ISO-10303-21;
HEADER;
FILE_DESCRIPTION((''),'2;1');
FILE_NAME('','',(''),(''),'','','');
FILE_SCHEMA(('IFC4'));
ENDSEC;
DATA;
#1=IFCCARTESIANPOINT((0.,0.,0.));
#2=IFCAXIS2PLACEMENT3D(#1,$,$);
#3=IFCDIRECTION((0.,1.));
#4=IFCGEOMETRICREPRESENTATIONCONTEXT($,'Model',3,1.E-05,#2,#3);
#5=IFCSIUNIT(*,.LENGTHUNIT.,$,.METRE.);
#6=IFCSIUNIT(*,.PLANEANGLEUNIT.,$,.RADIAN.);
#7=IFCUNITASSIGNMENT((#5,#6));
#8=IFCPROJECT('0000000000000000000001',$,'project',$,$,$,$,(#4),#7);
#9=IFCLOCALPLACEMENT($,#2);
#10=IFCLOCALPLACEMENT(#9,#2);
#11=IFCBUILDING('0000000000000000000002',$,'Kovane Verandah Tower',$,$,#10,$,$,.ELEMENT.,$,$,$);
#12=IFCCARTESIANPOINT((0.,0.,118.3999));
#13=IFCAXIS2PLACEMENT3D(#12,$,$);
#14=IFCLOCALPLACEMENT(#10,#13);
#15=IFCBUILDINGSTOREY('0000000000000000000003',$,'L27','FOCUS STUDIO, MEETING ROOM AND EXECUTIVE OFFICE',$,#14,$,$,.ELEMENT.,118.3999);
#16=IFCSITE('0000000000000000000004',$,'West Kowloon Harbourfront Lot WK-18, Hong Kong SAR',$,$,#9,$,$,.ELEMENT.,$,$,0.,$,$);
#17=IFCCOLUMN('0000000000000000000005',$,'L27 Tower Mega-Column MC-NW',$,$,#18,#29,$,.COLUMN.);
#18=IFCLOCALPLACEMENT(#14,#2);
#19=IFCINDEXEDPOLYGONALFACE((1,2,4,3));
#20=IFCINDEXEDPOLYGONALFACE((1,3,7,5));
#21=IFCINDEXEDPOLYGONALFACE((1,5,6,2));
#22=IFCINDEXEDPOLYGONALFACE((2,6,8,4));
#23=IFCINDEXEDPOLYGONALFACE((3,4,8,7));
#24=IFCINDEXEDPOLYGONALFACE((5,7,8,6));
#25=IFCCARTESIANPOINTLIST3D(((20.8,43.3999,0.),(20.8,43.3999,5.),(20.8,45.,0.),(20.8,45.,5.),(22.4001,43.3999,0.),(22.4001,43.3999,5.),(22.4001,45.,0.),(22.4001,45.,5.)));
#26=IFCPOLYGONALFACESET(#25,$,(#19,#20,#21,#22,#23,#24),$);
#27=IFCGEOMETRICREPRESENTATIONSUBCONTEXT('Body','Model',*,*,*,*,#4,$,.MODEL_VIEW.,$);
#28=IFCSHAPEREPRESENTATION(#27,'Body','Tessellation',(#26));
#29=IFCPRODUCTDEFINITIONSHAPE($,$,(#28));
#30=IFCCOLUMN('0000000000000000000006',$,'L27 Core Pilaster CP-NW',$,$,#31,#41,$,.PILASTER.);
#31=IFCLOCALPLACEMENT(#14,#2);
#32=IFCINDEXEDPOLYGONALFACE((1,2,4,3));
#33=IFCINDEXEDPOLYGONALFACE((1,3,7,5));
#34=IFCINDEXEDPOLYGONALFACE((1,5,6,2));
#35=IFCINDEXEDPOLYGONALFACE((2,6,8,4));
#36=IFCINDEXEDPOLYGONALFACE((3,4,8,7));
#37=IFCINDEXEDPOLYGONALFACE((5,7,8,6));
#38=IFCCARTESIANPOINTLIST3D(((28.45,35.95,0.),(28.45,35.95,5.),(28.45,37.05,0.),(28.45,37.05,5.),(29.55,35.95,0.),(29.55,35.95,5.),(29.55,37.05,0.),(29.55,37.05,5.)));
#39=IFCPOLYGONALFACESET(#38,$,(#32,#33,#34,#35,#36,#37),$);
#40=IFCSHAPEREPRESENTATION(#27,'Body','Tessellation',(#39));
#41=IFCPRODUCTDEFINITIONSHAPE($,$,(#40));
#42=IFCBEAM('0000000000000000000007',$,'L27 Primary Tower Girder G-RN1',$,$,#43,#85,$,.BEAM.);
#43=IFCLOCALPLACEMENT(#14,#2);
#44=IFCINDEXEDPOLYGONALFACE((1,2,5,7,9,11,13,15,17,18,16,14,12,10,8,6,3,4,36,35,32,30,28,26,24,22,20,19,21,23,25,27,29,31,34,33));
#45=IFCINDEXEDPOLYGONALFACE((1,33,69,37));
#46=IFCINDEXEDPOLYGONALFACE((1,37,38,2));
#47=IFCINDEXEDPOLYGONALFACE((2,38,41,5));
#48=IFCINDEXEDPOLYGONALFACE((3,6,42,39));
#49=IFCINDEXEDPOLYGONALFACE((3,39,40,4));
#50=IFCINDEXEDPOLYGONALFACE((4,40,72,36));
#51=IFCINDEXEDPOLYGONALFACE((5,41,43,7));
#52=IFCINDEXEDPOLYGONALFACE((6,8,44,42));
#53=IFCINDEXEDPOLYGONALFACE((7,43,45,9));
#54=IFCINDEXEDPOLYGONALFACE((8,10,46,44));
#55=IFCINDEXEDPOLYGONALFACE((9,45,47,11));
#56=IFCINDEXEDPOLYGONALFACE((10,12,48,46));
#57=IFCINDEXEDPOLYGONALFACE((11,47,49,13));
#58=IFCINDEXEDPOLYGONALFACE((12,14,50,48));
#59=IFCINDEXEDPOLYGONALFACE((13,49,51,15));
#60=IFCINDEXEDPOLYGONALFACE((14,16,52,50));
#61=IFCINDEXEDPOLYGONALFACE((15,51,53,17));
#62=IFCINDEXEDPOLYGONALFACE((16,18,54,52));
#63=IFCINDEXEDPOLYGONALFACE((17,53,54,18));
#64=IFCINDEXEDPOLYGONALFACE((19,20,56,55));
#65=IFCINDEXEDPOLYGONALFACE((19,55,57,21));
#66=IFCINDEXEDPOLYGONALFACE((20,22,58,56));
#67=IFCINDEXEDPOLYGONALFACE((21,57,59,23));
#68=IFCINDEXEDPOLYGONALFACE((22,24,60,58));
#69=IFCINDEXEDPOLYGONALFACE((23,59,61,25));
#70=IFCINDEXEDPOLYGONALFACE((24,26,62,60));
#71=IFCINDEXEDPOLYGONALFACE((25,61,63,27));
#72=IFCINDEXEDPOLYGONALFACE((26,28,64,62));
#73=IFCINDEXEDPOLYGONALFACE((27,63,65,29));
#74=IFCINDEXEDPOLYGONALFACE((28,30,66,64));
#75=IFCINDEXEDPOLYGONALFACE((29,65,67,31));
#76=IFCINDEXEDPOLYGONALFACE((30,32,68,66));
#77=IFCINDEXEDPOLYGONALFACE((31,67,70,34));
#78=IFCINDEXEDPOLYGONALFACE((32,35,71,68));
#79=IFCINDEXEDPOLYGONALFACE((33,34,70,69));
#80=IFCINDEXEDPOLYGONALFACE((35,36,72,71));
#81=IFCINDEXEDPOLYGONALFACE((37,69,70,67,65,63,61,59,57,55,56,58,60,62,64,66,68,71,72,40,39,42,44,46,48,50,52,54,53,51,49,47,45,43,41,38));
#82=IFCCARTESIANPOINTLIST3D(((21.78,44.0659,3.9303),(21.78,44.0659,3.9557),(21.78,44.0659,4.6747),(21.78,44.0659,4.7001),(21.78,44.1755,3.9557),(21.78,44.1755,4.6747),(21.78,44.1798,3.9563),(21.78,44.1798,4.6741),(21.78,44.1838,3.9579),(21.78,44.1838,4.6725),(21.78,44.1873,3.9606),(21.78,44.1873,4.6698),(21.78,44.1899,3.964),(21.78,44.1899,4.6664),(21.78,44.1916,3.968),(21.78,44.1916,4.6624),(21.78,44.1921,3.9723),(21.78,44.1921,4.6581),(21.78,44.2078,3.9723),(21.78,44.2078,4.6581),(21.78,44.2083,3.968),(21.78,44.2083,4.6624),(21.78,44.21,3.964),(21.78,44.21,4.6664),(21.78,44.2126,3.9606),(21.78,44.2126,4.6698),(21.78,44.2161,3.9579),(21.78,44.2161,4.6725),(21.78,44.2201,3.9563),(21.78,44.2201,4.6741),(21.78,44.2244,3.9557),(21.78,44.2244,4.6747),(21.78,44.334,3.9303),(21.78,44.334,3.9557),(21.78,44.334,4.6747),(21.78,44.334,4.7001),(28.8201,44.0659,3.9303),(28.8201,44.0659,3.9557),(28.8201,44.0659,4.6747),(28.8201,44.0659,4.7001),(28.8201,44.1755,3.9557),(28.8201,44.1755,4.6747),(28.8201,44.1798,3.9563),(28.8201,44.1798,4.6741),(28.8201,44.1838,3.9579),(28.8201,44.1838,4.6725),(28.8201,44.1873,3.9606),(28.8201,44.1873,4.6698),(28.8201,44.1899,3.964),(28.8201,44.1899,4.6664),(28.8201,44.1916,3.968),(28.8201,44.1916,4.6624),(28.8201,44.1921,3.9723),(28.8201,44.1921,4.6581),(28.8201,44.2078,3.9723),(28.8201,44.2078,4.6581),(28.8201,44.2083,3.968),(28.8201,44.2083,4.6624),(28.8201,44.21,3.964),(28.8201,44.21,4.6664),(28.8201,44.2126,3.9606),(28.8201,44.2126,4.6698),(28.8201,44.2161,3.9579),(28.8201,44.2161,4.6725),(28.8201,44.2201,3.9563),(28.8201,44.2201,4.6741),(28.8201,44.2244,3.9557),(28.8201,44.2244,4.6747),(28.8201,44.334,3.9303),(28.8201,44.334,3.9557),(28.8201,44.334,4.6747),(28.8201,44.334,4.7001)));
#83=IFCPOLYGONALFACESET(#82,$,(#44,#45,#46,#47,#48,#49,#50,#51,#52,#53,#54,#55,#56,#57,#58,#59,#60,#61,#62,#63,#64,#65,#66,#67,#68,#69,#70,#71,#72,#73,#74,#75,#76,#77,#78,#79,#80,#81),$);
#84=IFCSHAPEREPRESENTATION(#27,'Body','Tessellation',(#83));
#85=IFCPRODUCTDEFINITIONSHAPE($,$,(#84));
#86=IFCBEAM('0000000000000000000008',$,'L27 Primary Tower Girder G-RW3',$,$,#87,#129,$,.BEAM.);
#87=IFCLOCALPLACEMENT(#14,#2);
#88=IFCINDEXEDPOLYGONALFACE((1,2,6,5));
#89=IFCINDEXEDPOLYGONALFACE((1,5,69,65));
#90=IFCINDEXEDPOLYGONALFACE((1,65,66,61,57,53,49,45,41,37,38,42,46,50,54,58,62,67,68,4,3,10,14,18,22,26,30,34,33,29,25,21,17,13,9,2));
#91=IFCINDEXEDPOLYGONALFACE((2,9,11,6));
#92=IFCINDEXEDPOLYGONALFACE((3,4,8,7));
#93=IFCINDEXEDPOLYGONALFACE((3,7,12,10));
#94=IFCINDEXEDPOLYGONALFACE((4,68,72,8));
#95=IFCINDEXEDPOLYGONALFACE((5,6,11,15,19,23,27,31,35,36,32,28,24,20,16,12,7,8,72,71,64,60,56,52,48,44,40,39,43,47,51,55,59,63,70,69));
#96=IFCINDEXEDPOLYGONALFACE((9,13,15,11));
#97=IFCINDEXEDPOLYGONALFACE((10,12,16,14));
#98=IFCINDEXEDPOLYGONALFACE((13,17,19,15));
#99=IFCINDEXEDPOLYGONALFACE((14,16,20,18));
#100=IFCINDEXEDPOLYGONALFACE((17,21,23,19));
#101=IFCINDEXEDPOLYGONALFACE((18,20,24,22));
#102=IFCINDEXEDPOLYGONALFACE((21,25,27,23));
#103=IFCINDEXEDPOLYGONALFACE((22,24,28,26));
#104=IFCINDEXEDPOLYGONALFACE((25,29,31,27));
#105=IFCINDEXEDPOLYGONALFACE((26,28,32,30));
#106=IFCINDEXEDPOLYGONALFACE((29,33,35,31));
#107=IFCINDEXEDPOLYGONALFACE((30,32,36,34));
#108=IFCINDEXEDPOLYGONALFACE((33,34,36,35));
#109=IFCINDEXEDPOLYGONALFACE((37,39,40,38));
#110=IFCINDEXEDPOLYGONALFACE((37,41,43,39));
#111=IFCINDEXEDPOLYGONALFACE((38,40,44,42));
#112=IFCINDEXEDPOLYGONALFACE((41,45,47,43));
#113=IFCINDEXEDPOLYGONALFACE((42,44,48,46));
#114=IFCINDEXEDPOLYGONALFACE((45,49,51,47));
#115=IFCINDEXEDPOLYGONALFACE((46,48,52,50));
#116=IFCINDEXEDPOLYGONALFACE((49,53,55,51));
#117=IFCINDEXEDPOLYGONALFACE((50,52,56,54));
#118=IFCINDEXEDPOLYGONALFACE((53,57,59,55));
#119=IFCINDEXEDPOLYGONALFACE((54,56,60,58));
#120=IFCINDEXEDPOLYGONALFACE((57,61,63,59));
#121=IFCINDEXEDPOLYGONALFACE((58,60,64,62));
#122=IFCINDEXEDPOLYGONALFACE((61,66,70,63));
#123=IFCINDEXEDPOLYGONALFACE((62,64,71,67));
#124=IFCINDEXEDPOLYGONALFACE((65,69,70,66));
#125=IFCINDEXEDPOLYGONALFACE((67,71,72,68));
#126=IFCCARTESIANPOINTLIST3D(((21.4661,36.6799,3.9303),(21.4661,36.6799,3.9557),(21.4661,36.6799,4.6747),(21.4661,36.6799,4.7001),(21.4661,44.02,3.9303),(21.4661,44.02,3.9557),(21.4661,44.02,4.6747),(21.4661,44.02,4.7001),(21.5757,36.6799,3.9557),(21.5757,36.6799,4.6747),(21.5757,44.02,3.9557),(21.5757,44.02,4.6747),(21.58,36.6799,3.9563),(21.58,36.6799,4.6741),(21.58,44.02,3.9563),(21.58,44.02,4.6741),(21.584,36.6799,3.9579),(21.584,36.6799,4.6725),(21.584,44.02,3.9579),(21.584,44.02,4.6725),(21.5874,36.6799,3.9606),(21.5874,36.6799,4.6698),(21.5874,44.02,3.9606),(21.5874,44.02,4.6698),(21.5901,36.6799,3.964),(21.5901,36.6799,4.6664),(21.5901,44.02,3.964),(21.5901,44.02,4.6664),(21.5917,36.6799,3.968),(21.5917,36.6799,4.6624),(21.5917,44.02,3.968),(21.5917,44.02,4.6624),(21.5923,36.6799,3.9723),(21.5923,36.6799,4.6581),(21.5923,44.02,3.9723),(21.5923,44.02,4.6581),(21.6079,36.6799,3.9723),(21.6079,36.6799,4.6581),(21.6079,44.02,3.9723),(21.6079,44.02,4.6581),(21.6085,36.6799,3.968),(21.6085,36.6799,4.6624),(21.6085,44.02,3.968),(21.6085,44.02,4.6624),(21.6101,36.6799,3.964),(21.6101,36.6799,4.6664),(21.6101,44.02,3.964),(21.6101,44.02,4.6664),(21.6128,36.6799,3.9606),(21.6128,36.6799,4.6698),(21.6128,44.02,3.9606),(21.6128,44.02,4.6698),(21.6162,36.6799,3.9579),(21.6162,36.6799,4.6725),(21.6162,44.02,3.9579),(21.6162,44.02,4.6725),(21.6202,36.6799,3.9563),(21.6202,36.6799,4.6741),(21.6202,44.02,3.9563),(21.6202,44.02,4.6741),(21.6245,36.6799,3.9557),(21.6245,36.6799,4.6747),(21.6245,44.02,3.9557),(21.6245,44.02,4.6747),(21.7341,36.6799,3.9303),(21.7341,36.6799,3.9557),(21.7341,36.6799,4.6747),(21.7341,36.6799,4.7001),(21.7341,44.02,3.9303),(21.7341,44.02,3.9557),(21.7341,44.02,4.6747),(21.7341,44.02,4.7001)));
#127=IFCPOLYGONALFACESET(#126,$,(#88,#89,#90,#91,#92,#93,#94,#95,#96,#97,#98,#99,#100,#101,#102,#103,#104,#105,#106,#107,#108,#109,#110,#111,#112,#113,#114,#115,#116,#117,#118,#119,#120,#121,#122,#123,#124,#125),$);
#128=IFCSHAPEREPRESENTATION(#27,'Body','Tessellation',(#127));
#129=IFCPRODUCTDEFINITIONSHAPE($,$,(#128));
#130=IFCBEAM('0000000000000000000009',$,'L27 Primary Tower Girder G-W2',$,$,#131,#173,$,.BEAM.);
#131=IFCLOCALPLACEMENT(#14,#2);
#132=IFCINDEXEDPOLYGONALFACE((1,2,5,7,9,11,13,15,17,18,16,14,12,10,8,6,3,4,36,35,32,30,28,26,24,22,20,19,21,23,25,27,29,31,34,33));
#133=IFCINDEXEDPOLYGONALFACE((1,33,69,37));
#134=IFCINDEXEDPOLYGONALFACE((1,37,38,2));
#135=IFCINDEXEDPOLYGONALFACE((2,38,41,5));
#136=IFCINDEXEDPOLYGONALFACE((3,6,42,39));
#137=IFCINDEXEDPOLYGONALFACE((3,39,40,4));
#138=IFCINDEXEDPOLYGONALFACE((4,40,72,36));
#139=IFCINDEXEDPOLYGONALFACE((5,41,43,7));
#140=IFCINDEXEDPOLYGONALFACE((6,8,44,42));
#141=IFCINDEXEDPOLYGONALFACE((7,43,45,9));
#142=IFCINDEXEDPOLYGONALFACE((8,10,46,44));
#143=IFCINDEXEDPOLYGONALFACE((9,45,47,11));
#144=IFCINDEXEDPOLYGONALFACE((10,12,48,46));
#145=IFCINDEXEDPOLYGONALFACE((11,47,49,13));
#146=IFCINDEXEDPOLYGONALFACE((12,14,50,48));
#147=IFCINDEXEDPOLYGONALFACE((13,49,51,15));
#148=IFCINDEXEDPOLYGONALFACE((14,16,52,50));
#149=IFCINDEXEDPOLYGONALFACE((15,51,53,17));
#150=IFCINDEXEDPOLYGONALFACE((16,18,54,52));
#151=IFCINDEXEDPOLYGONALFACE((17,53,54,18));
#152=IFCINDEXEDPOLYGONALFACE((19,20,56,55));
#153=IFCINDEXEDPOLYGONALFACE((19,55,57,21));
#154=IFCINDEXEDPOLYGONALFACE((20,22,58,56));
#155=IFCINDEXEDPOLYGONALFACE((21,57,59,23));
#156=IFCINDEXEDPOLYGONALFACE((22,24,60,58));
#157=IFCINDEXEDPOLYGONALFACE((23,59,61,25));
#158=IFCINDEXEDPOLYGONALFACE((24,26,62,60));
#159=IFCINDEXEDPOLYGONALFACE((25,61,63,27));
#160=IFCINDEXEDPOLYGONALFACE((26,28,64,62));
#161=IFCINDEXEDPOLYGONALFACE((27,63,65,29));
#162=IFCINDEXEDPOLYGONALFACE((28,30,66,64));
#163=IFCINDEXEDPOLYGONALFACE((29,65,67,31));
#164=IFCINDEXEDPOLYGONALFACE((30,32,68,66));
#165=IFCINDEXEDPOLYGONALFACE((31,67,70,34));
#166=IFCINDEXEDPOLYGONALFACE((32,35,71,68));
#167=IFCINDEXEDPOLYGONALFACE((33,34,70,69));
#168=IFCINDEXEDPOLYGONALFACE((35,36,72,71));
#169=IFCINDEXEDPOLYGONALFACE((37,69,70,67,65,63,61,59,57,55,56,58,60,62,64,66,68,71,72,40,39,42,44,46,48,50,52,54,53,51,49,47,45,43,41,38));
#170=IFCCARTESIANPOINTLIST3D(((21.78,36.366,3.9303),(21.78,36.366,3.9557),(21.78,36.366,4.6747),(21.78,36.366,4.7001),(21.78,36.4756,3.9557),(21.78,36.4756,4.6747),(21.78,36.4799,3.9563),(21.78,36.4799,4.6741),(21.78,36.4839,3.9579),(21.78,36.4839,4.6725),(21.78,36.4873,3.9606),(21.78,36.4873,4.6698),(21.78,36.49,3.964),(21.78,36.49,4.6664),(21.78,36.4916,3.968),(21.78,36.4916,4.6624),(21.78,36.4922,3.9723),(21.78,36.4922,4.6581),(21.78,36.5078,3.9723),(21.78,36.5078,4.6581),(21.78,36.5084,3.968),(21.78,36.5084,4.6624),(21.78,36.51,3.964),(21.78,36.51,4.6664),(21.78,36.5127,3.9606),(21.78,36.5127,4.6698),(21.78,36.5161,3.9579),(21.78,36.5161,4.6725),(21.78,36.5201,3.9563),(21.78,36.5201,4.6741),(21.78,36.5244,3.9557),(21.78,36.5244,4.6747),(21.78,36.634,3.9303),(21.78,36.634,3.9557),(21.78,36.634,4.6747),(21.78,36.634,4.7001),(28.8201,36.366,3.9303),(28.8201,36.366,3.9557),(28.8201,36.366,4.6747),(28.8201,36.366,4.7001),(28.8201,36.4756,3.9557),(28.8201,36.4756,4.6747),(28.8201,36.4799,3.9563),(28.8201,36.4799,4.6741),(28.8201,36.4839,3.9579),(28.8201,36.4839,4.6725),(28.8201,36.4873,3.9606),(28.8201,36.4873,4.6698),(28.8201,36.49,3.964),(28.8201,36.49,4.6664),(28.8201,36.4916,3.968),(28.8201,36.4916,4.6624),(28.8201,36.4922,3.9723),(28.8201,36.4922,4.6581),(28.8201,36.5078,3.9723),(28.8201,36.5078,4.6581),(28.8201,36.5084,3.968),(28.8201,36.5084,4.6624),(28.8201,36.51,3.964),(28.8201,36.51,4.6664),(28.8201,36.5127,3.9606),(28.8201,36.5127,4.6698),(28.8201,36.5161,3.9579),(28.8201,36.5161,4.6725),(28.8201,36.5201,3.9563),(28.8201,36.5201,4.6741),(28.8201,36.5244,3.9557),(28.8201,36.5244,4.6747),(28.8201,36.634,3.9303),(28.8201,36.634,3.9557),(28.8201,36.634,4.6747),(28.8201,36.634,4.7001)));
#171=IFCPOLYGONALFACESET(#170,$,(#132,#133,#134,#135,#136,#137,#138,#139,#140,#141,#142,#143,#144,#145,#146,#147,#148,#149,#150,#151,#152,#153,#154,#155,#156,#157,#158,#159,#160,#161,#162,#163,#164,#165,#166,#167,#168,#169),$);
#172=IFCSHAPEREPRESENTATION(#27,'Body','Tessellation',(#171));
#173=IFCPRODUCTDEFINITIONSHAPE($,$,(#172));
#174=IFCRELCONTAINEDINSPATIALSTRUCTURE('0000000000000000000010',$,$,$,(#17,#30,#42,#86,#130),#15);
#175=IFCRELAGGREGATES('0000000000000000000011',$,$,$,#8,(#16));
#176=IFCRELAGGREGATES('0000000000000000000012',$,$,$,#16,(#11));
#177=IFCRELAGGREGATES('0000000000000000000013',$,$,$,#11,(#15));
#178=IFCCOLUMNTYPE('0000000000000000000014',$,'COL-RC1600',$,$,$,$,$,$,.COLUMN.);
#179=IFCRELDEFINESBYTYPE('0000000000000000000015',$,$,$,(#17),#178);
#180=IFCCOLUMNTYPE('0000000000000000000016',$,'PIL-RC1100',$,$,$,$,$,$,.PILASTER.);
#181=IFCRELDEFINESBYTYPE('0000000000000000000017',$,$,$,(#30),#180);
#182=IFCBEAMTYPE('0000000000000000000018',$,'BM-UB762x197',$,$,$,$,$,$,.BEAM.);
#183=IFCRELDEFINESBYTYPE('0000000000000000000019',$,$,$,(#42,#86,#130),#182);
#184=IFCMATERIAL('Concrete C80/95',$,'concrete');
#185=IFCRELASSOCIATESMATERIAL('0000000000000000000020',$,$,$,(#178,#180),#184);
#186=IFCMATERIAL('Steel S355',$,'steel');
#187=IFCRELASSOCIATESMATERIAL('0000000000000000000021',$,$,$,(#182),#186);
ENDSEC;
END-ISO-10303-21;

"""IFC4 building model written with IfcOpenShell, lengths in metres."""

from ifc_helpers import new_model, si_unit, direction, frame, origin, origin_2d, place, context, subcontext, project, spatial, rectangle, i_section, extrude, material, material_profile, profile_set, type_object, element, save


model = new_model("IFC4")

# Units and contexts
model_context = context("Model", 3, precision=1e-05, world=origin(), true_north=direction((0.0, 1.0)))
body_context = subcontext(model_context, "Body", "Model", "MODEL_VIEW")
ifc_project = project(units=[si_unit("LENGTHUNIT", "METRE"), si_unit("PLANEANGLEUNIT", "RADIAN")], contexts=[model_context])

# Site, building, storey
site_placement = place(None, origin())
site = spatial("IfcSite", under=ifc_project, at=site_placement, Name="West Kowloon Harbourfront Lot WK-18, Hong Kong SAR", CompositionType="ELEMENT", RefElevation=0.0)
building_placement = place(site_placement, origin())
building = spatial("IfcBuilding", under=site, at=building_placement, Name="Kovane Verandah Tower", CompositionType="ELEMENT")
storey_placement = place(building_placement, frame((0.0, 0.0, 118.3999)))
storey = spatial("IfcBuildingStorey", under=building, at=storey_placement, Name="L27", Description="FOCUS STUDIO, MEETING ROOM AND EXECUTIVE OFFICE", CompositionType="ELEMENT", Elevation=118.3999)

# Columns
ifc_material_1 = material(Name="Concrete C80/95", Category="concrete")
ifc_material_profile_1 = material_profile(ifc_material_1, rectangle(XDim=1.6001, YDim=1.6001, at=origin_2d()), Name="RC1600x1600")
ifc_profile_set_1 = profile_set([ifc_material_profile_1], Name="Concrete C80/95")
column_type_1 = type_object("IfcColumnType", Name="COL-RC1600", PredefinedType="COLUMN", material=ifc_profile_set_1)
column_1_placement = place(storey_placement, frame((21.6001, 44.2, 0.0), z_axis=(0.0, 0.0, 1.0), x_axis=(1.0, 0.0, 0.0)))
element("IfcColumn", 1, at=column_1_placement, inside=storey, type_object=column_type_1, Name="L27 Tower Mega-Column MC-NW", PredefinedType="COLUMN", context=body_context, shape_type="SweptSolid", body=[
    extrude(rectangle(XDim=1.6001, YDim=1.6001, at=origin_2d()), origin(), (0.0, 0.0, 1.0), 5.0),
])
ifc_material_profile_2 = material_profile(ifc_material_1, rectangle(XDim=1.1001, YDim=1.1001, at=origin_2d()), Name="RC1100x1100")
ifc_profile_set_2 = profile_set([ifc_material_profile_2], Name="Concrete C80/95")
column_type_2 = type_object("IfcColumnType", Name="PIL-RC1100", PredefinedType="PILASTER", material=ifc_profile_set_2)
column_2_placement = place(storey_placement, frame((29.0, 36.5, 0.0), z_axis=(0.0, 0.0, 1.0), x_axis=(1.0, 0.0, 0.0)))
element("IfcColumn", 2, at=column_2_placement, inside=storey, type_object=column_type_2, Name="L27 Core Pilaster CP-NW", PredefinedType="PILASTER", context=body_context, shape_type="SweptSolid", body=[
    extrude(rectangle(XDim=1.1001, YDim=1.1001, at=origin_2d()), origin(), (0.0, 0.0, 1.0), 5.0),
])

# Beams
ifc_material_2 = material(Name="Steel S355", Category="steel")
ifc_material_profile_3 = material_profile(ifc_material_2, i_section(OverallWidth=0.2681, OverallDepth=0.7698, WebThickness=0.0156, FlangeThickness=0.0254, FilletRadius=0.0166, at=origin_2d()), Name="UB762x267x197")
ifc_profile_set_3 = profile_set([ifc_material_profile_3], Name="Steel S355")
beam_type_1 = type_object("IfcBeamType", Name="BM-UB762x197", PredefinedType="BEAM", material=ifc_profile_set_3)
beam_1_placement = place(storey_placement, frame((21.78, 44.2, 4.3152), z_axis=(1.0, 0.0, 0.0), x_axis=(0.0, 1.0, 0.0)))
element("IfcBeam", 3, at=beam_1_placement, inside=storey, type_object=beam_type_1, Name="L27 Primary Tower Girder G-RN1", PredefinedType="BEAM", context=body_context, shape_type="SweptSolid", body=[
    extrude(i_section(OverallWidth=0.2681, OverallDepth=0.7698, WebThickness=0.0156, FlangeThickness=0.0254, FilletRadius=0.0166, at=origin_2d()), origin(), (0.0, 0.0, 1.0), 7.04),
])
beam_2_placement = place(storey_placement, frame((21.6001, 36.6799, 4.3152), z_axis=(0.0, 1.0, 0.0), x_axis=(-1.0, 0.0, 0.0)))
element("IfcBeam", 4, at=beam_2_placement, inside=storey, type_object=beam_type_1, Name="L27 Primary Tower Girder G-RW3", PredefinedType="BEAM", context=body_context, shape_type="SweptSolid", body=[
    extrude(i_section(OverallWidth=0.2681, OverallDepth=0.7698, WebThickness=0.0156, FlangeThickness=0.0254, FilletRadius=0.0166, at=origin_2d()), origin(), (0.0, 0.0, 1.0), 7.3401),
])
beam_3_placement = place(storey_placement, frame((28.8201, 36.5, 4.3152), z_axis=(-1.0, 0.0, 0.0), x_axis=(0.0, -1.0, 0.0)))
element("IfcBeam", 5, at=beam_3_placement, inside=storey, type_object=beam_type_1, Name="L27 Primary Tower Girder G-W2", PredefinedType="BEAM", context=body_context, shape_type="SweptSolid", body=[
    extrude(i_section(OverallWidth=0.2681, OverallDepth=0.7698, WebThickness=0.0156, FlangeThickness=0.0254, FilletRadius=0.0166, at=origin_2d()), origin(), (0.0, 0.0, 1.0), 7.04),
])

save(model, "model.ifc")
